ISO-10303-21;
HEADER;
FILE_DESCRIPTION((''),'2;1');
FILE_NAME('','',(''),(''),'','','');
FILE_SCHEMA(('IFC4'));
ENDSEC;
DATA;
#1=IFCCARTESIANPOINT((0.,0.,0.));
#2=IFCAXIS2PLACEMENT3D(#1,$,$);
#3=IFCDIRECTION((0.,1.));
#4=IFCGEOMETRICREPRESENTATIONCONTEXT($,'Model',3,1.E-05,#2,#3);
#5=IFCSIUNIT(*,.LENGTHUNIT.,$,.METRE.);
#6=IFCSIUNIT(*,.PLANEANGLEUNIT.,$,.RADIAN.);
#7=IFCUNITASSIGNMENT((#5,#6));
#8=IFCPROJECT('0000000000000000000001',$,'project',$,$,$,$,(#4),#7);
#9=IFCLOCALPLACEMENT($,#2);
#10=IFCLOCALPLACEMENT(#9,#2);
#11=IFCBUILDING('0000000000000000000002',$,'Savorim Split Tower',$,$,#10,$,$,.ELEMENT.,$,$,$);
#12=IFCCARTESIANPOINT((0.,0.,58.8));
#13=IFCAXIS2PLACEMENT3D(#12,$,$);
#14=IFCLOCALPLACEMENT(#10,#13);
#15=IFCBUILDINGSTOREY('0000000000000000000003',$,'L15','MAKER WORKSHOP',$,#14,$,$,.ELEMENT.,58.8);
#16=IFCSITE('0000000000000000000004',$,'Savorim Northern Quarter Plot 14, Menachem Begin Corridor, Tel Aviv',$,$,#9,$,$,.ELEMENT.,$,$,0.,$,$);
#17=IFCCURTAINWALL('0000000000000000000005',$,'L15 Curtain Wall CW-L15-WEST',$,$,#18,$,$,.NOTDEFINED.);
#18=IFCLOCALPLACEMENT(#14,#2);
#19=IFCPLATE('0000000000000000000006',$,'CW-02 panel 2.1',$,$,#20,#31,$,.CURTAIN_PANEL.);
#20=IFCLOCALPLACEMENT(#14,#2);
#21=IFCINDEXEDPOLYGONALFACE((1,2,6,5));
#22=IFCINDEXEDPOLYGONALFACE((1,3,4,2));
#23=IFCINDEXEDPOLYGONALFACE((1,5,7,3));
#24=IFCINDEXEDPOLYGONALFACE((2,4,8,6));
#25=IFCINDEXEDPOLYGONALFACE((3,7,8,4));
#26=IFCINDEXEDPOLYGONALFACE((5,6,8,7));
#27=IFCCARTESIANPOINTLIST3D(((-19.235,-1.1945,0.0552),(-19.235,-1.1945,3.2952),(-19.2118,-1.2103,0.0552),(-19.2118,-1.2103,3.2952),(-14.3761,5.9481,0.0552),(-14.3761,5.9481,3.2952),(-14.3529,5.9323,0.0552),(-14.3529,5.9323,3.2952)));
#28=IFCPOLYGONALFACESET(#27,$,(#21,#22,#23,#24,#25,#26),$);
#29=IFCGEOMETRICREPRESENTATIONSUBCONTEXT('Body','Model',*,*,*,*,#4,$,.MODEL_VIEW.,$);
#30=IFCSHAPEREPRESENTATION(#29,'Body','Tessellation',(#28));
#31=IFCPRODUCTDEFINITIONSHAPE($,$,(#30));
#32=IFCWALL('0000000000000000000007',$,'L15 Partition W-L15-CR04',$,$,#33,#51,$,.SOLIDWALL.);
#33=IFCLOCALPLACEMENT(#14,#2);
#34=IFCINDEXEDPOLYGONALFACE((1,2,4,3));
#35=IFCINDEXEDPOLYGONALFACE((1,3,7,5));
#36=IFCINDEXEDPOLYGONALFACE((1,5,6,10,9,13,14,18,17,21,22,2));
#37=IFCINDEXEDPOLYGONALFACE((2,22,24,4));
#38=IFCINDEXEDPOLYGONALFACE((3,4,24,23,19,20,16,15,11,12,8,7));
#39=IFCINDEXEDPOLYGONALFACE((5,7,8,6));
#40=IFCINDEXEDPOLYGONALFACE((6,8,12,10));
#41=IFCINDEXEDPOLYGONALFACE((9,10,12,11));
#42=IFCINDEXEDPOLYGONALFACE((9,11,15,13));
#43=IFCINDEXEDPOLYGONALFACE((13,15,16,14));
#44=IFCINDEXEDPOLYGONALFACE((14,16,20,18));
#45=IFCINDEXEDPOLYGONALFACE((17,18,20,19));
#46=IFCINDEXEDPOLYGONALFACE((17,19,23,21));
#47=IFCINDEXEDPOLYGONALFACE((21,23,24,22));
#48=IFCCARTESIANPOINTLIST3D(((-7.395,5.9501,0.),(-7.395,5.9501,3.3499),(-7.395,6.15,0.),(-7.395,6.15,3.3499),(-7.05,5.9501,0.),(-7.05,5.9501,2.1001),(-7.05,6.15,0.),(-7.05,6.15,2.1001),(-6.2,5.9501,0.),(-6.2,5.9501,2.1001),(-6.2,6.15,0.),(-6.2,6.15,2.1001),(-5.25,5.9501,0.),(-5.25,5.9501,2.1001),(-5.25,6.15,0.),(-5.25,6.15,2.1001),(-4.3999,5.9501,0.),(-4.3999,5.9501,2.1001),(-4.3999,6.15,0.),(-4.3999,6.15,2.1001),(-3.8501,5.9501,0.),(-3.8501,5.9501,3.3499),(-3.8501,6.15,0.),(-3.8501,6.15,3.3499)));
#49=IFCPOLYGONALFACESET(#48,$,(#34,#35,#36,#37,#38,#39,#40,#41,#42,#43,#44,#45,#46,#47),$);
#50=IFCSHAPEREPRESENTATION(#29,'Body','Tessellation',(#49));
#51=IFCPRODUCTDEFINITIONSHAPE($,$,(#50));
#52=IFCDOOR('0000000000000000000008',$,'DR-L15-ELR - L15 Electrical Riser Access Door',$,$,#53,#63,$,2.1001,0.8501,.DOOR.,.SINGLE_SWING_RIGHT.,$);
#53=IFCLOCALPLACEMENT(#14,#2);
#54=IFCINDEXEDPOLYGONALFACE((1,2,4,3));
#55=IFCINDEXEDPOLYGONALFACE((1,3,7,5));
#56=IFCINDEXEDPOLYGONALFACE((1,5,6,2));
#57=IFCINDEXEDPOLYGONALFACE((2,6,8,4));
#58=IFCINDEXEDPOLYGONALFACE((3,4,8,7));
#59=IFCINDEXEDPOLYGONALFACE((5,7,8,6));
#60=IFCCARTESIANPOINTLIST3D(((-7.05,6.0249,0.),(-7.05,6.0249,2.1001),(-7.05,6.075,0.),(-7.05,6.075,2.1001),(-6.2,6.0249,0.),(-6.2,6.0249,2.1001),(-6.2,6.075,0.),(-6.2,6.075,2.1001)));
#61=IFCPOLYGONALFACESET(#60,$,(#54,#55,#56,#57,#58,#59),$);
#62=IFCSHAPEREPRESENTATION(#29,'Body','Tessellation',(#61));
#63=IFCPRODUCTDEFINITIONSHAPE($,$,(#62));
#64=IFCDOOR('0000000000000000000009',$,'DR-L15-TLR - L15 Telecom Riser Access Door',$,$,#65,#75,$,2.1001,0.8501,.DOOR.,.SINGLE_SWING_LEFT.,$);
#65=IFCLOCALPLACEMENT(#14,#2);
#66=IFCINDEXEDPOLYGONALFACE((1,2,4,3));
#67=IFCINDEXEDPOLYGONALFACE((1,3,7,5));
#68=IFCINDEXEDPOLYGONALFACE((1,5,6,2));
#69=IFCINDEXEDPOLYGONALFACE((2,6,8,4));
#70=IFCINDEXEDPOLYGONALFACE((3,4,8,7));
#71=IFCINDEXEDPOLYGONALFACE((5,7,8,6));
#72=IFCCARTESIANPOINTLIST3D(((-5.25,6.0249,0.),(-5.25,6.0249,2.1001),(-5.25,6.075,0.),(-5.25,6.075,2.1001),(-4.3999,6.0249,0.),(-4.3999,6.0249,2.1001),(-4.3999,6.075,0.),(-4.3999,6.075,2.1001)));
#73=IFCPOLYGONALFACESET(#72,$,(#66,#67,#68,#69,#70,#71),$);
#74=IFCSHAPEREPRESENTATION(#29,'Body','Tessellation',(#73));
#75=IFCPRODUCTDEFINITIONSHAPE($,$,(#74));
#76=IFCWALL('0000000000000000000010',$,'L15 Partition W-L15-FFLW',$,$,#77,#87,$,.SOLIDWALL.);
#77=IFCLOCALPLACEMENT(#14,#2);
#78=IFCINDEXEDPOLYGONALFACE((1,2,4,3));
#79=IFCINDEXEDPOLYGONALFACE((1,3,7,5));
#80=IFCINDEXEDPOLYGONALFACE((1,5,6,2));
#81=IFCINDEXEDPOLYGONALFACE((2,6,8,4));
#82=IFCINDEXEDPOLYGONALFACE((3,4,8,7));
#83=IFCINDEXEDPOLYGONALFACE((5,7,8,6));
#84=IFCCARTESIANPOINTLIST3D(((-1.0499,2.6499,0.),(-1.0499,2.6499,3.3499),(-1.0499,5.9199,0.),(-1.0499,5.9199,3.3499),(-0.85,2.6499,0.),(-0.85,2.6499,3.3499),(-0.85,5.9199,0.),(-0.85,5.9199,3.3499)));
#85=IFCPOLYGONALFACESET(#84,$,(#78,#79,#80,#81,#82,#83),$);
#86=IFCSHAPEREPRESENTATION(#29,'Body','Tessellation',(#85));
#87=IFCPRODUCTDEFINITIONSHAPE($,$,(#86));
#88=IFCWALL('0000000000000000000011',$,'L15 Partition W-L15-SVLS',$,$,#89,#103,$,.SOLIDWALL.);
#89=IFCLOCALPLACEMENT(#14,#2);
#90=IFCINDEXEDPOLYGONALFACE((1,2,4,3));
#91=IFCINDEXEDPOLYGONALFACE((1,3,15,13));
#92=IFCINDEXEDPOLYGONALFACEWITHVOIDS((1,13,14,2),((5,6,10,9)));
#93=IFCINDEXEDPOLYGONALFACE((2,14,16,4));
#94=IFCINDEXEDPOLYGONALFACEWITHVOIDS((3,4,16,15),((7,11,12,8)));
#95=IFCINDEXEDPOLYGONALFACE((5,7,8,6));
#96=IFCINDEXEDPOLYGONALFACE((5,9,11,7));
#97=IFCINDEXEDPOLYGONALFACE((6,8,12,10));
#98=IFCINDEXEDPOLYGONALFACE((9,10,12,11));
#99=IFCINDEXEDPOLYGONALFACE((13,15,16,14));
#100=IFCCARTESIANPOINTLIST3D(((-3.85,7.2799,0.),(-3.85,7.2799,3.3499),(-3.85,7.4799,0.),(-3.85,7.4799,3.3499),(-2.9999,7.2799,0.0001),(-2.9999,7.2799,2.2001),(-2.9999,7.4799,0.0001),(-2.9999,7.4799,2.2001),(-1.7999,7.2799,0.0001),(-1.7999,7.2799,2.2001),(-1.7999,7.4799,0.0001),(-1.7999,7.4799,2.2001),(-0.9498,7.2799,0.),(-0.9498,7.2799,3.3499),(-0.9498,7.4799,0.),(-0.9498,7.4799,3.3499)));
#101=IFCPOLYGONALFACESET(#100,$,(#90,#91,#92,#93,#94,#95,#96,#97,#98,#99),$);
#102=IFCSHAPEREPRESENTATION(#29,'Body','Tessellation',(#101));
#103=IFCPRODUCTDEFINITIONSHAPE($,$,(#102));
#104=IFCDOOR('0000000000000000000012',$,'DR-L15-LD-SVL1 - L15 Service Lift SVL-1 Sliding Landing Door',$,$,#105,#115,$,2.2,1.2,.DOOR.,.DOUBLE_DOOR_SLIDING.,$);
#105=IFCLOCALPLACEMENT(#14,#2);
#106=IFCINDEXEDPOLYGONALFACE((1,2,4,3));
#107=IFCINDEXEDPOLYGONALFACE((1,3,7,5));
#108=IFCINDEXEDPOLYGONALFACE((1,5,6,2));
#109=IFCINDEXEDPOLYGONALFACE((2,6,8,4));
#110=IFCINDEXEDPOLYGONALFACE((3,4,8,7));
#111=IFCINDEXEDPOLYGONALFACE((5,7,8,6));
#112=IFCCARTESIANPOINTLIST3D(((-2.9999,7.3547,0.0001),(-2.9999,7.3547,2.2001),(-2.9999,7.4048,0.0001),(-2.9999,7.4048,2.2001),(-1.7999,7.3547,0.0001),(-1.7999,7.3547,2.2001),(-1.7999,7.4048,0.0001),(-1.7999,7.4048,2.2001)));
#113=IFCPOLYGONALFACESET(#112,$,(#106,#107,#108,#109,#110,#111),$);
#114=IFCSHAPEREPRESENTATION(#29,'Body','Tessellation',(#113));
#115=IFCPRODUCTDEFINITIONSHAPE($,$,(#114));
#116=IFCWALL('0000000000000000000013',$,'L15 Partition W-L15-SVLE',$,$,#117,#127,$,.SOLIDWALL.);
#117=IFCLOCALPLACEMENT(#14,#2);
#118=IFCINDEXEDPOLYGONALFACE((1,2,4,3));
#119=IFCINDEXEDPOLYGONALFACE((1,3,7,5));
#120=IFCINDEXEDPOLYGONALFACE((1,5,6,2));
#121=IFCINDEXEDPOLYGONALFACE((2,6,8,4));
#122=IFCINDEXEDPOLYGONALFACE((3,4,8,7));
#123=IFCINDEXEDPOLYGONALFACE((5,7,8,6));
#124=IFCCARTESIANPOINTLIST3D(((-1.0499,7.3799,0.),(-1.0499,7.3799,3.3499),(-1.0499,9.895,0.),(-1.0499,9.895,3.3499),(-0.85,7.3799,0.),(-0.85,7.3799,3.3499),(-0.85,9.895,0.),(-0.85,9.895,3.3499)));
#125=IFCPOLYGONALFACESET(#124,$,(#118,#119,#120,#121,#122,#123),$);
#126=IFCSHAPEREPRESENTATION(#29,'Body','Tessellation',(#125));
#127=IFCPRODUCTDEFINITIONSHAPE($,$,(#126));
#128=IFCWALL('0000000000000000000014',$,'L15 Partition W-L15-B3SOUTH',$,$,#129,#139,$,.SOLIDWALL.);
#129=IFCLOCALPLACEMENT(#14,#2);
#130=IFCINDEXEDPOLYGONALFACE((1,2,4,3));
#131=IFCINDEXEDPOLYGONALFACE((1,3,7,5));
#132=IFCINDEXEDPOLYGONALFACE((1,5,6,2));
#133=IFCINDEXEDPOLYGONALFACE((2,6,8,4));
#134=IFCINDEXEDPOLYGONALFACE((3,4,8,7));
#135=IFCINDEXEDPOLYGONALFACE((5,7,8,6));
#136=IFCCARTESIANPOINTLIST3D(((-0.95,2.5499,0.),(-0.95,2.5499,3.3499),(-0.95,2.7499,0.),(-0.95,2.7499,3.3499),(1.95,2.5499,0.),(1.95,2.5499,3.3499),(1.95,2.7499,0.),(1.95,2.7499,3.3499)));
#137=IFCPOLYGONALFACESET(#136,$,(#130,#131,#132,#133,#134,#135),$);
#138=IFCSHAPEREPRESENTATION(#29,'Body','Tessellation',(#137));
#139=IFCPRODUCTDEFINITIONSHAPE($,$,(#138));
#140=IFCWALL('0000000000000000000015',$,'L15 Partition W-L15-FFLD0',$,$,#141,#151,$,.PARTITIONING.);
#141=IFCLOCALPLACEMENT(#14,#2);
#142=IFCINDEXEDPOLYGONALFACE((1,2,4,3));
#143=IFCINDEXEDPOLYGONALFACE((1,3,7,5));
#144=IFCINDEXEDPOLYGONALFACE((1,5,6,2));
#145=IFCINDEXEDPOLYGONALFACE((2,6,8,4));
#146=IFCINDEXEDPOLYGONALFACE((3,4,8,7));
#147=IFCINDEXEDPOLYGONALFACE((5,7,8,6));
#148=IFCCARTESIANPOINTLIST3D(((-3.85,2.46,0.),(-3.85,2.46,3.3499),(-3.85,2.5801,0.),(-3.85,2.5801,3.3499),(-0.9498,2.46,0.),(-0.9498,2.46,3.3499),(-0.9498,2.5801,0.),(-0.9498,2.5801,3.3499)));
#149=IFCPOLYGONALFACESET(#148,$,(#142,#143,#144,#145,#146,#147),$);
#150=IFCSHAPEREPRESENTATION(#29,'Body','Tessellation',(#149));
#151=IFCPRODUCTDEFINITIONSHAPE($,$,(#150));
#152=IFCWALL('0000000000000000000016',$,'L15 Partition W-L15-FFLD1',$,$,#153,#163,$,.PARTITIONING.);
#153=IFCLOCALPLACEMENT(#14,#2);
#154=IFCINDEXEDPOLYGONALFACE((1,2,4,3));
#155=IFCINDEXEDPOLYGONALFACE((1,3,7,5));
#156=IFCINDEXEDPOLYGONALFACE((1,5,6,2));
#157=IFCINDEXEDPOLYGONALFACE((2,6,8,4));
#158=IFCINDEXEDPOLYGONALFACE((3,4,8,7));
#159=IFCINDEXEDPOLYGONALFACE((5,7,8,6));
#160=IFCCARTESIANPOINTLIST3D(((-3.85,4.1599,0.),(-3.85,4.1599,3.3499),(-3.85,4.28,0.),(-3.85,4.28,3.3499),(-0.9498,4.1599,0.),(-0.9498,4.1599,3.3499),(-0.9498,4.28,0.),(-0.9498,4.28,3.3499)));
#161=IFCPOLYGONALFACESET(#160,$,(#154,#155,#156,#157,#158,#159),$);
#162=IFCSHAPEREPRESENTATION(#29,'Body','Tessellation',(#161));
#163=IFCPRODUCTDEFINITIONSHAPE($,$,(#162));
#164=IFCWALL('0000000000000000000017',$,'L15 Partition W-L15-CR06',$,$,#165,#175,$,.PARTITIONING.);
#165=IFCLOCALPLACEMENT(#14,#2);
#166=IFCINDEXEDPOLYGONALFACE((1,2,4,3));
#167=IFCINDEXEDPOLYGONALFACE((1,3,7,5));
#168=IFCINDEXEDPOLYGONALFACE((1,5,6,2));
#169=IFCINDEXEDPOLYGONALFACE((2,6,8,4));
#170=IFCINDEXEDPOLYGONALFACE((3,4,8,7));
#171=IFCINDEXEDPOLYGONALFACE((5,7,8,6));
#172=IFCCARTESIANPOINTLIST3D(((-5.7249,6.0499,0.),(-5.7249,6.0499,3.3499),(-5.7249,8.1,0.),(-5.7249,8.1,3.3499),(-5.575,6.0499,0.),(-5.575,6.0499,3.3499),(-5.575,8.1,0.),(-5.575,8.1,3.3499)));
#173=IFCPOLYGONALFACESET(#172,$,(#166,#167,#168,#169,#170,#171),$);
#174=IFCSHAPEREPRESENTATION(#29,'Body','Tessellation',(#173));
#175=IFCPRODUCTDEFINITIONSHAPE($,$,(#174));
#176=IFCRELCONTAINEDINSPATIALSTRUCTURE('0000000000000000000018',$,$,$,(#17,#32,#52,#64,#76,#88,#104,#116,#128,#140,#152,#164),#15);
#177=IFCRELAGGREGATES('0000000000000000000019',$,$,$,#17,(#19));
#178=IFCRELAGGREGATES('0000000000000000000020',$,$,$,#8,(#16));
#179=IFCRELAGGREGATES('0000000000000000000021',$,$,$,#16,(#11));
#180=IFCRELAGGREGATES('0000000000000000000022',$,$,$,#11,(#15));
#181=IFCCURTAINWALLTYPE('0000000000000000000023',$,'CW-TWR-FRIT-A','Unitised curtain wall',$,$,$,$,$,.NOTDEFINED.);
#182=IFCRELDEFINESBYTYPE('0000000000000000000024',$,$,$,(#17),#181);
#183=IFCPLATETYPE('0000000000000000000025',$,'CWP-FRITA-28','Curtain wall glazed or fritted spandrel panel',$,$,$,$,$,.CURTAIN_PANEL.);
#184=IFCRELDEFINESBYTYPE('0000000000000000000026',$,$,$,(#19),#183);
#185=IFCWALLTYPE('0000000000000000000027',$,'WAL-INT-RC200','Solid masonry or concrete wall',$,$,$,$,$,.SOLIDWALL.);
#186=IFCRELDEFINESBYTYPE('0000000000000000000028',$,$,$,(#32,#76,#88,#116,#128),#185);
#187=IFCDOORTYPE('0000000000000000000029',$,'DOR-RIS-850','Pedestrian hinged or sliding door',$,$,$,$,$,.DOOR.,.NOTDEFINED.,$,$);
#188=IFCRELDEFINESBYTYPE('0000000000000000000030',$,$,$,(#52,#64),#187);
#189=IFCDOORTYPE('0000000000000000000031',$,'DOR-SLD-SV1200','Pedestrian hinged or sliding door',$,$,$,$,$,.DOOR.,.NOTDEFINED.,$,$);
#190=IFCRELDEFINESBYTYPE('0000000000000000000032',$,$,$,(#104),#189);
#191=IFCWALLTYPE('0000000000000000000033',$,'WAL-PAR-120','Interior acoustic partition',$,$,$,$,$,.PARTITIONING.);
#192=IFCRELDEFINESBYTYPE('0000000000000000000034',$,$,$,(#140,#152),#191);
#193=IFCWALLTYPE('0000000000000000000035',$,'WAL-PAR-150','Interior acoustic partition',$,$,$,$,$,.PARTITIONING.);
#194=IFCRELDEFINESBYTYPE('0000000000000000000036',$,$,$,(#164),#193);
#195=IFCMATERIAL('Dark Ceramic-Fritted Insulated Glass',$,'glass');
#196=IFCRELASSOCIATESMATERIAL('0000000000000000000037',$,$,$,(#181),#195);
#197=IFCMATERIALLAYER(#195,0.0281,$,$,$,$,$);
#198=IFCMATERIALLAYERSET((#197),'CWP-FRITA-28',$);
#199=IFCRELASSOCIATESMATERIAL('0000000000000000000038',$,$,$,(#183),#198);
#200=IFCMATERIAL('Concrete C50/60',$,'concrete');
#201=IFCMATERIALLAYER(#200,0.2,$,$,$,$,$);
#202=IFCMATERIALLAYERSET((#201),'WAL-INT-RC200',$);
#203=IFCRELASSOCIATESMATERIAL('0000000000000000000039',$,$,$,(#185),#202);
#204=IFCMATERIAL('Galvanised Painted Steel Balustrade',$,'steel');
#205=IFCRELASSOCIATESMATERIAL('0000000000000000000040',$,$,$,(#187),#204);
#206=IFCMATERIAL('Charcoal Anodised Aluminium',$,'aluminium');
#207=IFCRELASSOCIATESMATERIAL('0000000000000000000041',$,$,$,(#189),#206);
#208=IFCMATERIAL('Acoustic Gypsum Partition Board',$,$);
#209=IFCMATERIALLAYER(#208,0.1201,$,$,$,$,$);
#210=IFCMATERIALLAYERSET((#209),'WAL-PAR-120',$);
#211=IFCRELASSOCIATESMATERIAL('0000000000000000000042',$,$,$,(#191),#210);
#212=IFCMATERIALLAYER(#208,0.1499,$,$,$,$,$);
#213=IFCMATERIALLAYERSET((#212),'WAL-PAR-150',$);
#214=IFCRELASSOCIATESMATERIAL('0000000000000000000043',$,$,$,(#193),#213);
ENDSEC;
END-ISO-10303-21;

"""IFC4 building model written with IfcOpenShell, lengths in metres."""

from ifc_helpers import new_model, si_unit, direction, frame, frame_2d, origin, origin_2d, place, context, subcontext, project, spatial, rectangle, extrude, material, layer, layer_set, type_object, element, fill, aggregate, save


model = new_model("IFC4")

# Units and contexts
model_context = context("Model", 3, precision=1e-05, world=origin(), true_north=direction((0.0, 1.0)))
body_context = subcontext(model_context, "Body", "Model", "MODEL_VIEW")
ifc_project = project(units=[si_unit("LENGTHUNIT", "METRE"), si_unit("PLANEANGLEUNIT", "RADIAN")], contexts=[model_context])

# Site, building, storey
site_placement = place(None, origin())
site = spatial("IfcSite", under=ifc_project, at=site_placement, Name="Savorim Northern Quarter Plot 14, Menachem Begin Corridor, Tel Aviv", CompositionType="ELEMENT", RefElevation=0.0)
building_placement = place(site_placement, origin())
building = spatial("IfcBuilding", under=site, at=building_placement, Name="Savorim Split Tower", CompositionType="ELEMENT")
storey_placement = place(building_placement, frame((0.0, 0.0, 58.8)))
storey = spatial("IfcBuildingStorey", under=building, at=storey_placement, Name="L15", Description="MAKER WORKSHOP", CompositionType="ELEMENT", Elevation=58.8)

# Curtain wall, plate
ifc_material_1 = material(Name="Dark Ceramic-Fritted Insulated Glass", Category="glass")
curtain_wall_type = type_object("IfcCurtainWallType", Name="CW-TWR-FRIT-A", Description="Unitised curtain wall", PredefinedType="NOTDEFINED", material=ifc_material_1)
curtain_wall_placement = place(storey_placement, origin())
curtain_wall = element("IfcCurtainWall", 1, at=curtain_wall_placement, inside=storey, type_object=curtain_wall_type, Name="L15 Curtain Wall CW-L15-WEST", PredefinedType="NOTDEFINED")
ifc_material_2 = material(Name="Charcoal Anodised Aluminium", Category="aluminium")
ifc_layer_1 = layer(ifc_material_1, 0.0281)
ifc_layer_set_1 = layer_set([ifc_layer_1], Name="CWP-FRITA-28")
plate_type = type_object("IfcPlateType", Name="CWP-FRITA-28", Description="Curtain wall glazed or fritted spandrel panel", PredefinedType="CURTAIN_PANEL", material=ifc_layer_set_1)
plate_placement = place(storey_placement, frame((-16.7939, 2.3689, 0.0552), z_axis=(0.0, 0.0, 1.0), x_axis=(-0.562466, -0.82682, 0.0)))
plate = element("IfcPlate", 2, at=plate_placement, type_object=plate_type, Name="CW-02 panel 2.1", PredefinedType="CURTAIN_PANEL", context=body_context, shape_type="SweptSolid", body=[
    extrude(rectangle(XDim=8.6387, YDim=0.0281, at=origin_2d()), origin(), (0.0, 0.0, 1.0), 3.24),
])
aggregate(curtain_wall, [plate])

# Wall, openings, doors
ifc_material_3 = material(Name="Concrete C50/60", Category="concrete")
ifc_layer_2 = layer(ifc_material_3, 0.2)
ifc_layer_set_2 = layer_set([ifc_layer_2], Name="WAL-INT-RC200")
wall_type_1 = type_object("IfcWallType", Name="WAL-INT-RC200", Description="Solid masonry or concrete wall", PredefinedType="SOLIDWALL", material=ifc_layer_set_2)
wall_1_placement = place(storey_placement, frame((-7.395, 6.05, 0.0), z_axis=(0.0, 0.0, 1.0), x_axis=(1.0, 0.0, 0.0)))
wall_1 = element("IfcWall", 3, at=wall_1_placement, inside=storey, type_object=wall_type_1, Name="L15 Partition W-L15-CR04", PredefinedType="SOLIDWALL", context=body_context, shape_type="SweptSolid", body=[
    extrude(rectangle(XDim=3.5449, YDim=0.2, at=frame_2d((1.7725, 0.0))), origin(), (0.0, 0.0, 1.0), 3.3499),
])
opening_1_placement = place(wall_1_placement, frame((0.345, 0.0, 0.0)))
opening_1 = element("IfcOpeningElement", 4, at=opening_1_placement, cuts=wall_1, PredefinedType="OPENING", context=body_context, shape_type="SweptSolid", body=[
    extrude(rectangle(XDim=0.8501, YDim=2.1001, at=frame_2d((0.425, 1.05))), frame((0.0, 0.1099, 0.0), z_axis=(0.0, -1.0, 0.0), x_axis=(1.0, 0.0, 0.0)), (0.0, 0.0, 1.0), 0.22),
])
opening_2_placement = place(wall_1_placement, frame((2.145, 0.0, 0.0)))
opening_2 = element("IfcOpeningElement", 5, at=opening_2_placement, cuts=wall_1, PredefinedType="OPENING", context=body_context, shape_type="SweptSolid", body=[
    extrude(rectangle(XDim=0.8501, YDim=2.1001, at=frame_2d((0.425, 1.05))), frame((0.0, 0.1099, 0.0), z_axis=(0.0, -1.0, 0.0), x_axis=(1.0, 0.0, 0.0)), (0.0, 0.0, 1.0), 0.22),
])
ifc_material_4 = material(Name="Galvanised Painted Steel Balustrade", Category="steel")
door_type_1 = type_object("IfcDoorType", Name="DOR-RIS-850", Description="Pedestrian hinged or sliding door", OperationType="NOTDEFINED", PredefinedType="DOOR", material=ifc_material_4)
door_1_placement = place(opening_1_placement, origin())
door_1 = element("IfcDoor", 6, at=door_1_placement, inside=storey, type_object=door_type_1, Name="DR-L15-ELR - L15 Electrical Riser Access Door", OperationType="SINGLE_SWING_RIGHT", OverallHeight=2.1001, OverallWidth=0.8501, PredefinedType="DOOR", context=body_context, shape_type="SweptSolid", body=[
    extrude(rectangle(XDim=0.8501, YDim=2.1001, at=frame_2d((0.425, 1.05))), frame((0.0, 0.0249, 0.0), z_axis=(0.0, -1.0, 0.0), x_axis=(1.0, 0.0, 0.0)), (0.0, 0.0, 1.0), 0.05),
])
fill(opening_1, door_1)
door_2_placement = place(opening_2_placement, origin())
door_2 = element("IfcDoor", 7, at=door_2_placement, inside=storey, type_object=door_type_1, Name="DR-L15-TLR - L15 Telecom Riser Access Door", OperationType="SINGLE_SWING_LEFT", OverallHeight=2.1001, OverallWidth=0.8501, PredefinedType="DOOR", context=body_context, shape_type="SweptSolid", body=[
    extrude(rectangle(XDim=0.8501, YDim=2.1001, at=frame_2d((0.425, 1.05))), frame((0.0, 0.0249, 0.0), z_axis=(0.0, -1.0, 0.0), x_axis=(1.0, 0.0, 0.0)), (0.0, 0.0, 1.0), 0.05),
])
fill(opening_2, door_2)

# Wall
wall_2_placement = place(storey_placement, frame((-0.95, 2.6499, 0.0), z_axis=(0.0, 0.0, 1.0), x_axis=(0.0, 1.0, 0.0)))
element("IfcWall", 8, at=wall_2_placement, inside=storey, type_object=wall_type_1, Name="L15 Partition W-L15-FFLW", PredefinedType="SOLIDWALL", context=body_context, shape_type="SweptSolid", body=[
    extrude(rectangle(XDim=3.27, YDim=0.2, at=frame_2d((1.635, 0.0))), origin(), (0.0, 0.0, 1.0), 3.3499),
])

# Wall, opening, door
wall_3_placement = place(storey_placement, frame((-3.8501, 7.3799, 0.0), z_axis=(0.0, 0.0, 1.0), x_axis=(1.0, 0.0, 0.0)))
wall_3 = element("IfcWall", 9, at=wall_3_placement, inside=storey, type_object=wall_type_1, Name="L15 Partition W-L15-SVLS", PredefinedType="SOLIDWALL", context=body_context, shape_type="SweptSolid", body=[
    extrude(rectangle(XDim=2.9001, YDim=0.2, at=frame_2d((1.4502, 0.0))), origin(), (0.0, 0.0, 1.0), 3.3499),
])
opening_3_placement = place(wall_3_placement, frame((0.8501, 0.0, 0.0)))
opening_3 = element("IfcOpeningElement", 10, at=opening_3_placement, cuts=wall_3, PredefinedType="OPENING", context=body_context, shape_type="SweptSolid", body=[
    extrude(rectangle(XDim=1.2, YDim=2.2, at=frame_2d((0.6001, 1.1001))), frame((0.0, 0.1099, 0.0), z_axis=(0.0, -1.0, 0.0), x_axis=(1.0, 0.0, 0.0)), (0.0, 0.0, 1.0), 0.22),
])
door_type_2 = type_object("IfcDoorType", Name="DOR-SLD-SV1200", Description="Pedestrian hinged or sliding door", OperationType="NOTDEFINED", PredefinedType="DOOR", material=ifc_material_2)
door_3_placement = place(opening_3_placement, origin())
door_3 = element("IfcDoor", 11, at=door_3_placement, inside=storey, type_object=door_type_2, Name="DR-L15-LD-SVL1 - L15 Service Lift SVL-1 Sliding Landing Door", OperationType="DOUBLE_DOOR_SLIDING", OverallHeight=2.2, OverallWidth=1.2, PredefinedType="DOOR", context=body_context, shape_type="SweptSolid", body=[
    extrude(rectangle(XDim=1.2, YDim=2.2, at=frame_2d((0.6001, 1.1001))), frame((0.0, 0.0249, 0.0), z_axis=(0.0, -1.0, 0.0), x_axis=(1.0, 0.0, 0.0)), (0.0, 0.0, 1.0), 0.05),
])
fill(opening_3, door_3)

# Walls
wall_4_placement = place(storey_placement, frame((-0.95, 7.3799, 0.0), z_axis=(0.0, 0.0, 1.0), x_axis=(0.0, 1.0, 0.0)))
element("IfcWall", 12, at=wall_4_placement, inside=storey, type_object=wall_type_1, Name="L15 Partition W-L15-SVLE", PredefinedType="SOLIDWALL", context=body_context, shape_type="SweptSolid", body=[
    extrude(rectangle(XDim=2.5151, YDim=0.2, at=frame_2d((1.2576, 0.0))), origin(), (0.0, 0.0, 1.0), 3.3499),
])
wall_5_placement = place(storey_placement, frame((-0.95, 2.6499, 0.0), z_axis=(0.0, 0.0, 1.0), x_axis=(1.0, 0.0, 0.0)))
element("IfcWall", 13, at=wall_5_placement, inside=storey, type_object=wall_type_1, Name="L15 Partition W-L15-B3SOUTH", PredefinedType="SOLIDWALL", context=body_context, shape_type="SweptSolid", body=[
    extrude(rectangle(XDim=2.8999, YDim=0.2, at=frame_2d((1.45, 0.0))), origin(), (0.0, 0.0, 1.0), 3.3499),
])
ifc_material_5 = material(Name="Acoustic Gypsum Partition Board")
ifc_layer_3 = layer(ifc_material_5, 0.1201)
ifc_layer_set_3 = layer_set([ifc_layer_3], Name="WAL-PAR-120")
wall_type_2 = type_object("IfcWallType", Name="WAL-PAR-120", Description="Interior acoustic partition", PredefinedType="PARTITIONING", material=ifc_layer_set_3)
for number, where, z_axis, x_axis, name in (
    (14, (-3.8501, 2.52, 0.0), (0.0, 0.0, 1.0), (1.0, 0.0, 0.0), "L15 Partition W-L15-FFLD0"),
    (15, (-3.8501, 4.22, 0.0), (0.0, 0.0, 1.0), (1.0, 0.0, 0.0), "L15 Partition W-L15-FFLD1"),
):
    element("IfcWall", number, at=place(storey_placement, frame(where, z_axis=z_axis, x_axis=x_axis)), inside=storey, type_object=wall_type_2, Name=name, PredefinedType="PARTITIONING", context=body_context, shape_type="SweptSolid", body=[
        extrude(rectangle(XDim=2.9001, YDim=0.1201, at=frame_2d((1.4502, 0.0))), origin(), (0.0, 0.0, 1.0), 3.3499),
    ])
ifc_layer_4 = layer(ifc_material_5, 0.1499)
ifc_layer_set_4 = layer_set([ifc_layer_4], Name="WAL-PAR-150")
wall_type_3 = type_object("IfcWallType", Name="WAL-PAR-150", Description="Interior acoustic partition", PredefinedType="PARTITIONING", material=ifc_layer_set_4)
wall_6_placement = place(storey_placement, frame((-5.6499, 6.05, 0.0), z_axis=(0.0, 0.0, 1.0), x_axis=(0.0, 1.0, 0.0)))
element("IfcWall", 16, at=wall_6_placement, inside=storey, type_object=wall_type_3, Name="L15 Partition W-L15-CR06", PredefinedType="PARTITIONING", context=body_context, shape_type="SweptSolid", body=[
    extrude(rectangle(XDim=2.05, YDim=0.1499, at=frame_2d((1.0249, 0.0))), origin(), (0.0, 0.0, 1.0), 3.3499),
])

save(model, "model.ifc")
